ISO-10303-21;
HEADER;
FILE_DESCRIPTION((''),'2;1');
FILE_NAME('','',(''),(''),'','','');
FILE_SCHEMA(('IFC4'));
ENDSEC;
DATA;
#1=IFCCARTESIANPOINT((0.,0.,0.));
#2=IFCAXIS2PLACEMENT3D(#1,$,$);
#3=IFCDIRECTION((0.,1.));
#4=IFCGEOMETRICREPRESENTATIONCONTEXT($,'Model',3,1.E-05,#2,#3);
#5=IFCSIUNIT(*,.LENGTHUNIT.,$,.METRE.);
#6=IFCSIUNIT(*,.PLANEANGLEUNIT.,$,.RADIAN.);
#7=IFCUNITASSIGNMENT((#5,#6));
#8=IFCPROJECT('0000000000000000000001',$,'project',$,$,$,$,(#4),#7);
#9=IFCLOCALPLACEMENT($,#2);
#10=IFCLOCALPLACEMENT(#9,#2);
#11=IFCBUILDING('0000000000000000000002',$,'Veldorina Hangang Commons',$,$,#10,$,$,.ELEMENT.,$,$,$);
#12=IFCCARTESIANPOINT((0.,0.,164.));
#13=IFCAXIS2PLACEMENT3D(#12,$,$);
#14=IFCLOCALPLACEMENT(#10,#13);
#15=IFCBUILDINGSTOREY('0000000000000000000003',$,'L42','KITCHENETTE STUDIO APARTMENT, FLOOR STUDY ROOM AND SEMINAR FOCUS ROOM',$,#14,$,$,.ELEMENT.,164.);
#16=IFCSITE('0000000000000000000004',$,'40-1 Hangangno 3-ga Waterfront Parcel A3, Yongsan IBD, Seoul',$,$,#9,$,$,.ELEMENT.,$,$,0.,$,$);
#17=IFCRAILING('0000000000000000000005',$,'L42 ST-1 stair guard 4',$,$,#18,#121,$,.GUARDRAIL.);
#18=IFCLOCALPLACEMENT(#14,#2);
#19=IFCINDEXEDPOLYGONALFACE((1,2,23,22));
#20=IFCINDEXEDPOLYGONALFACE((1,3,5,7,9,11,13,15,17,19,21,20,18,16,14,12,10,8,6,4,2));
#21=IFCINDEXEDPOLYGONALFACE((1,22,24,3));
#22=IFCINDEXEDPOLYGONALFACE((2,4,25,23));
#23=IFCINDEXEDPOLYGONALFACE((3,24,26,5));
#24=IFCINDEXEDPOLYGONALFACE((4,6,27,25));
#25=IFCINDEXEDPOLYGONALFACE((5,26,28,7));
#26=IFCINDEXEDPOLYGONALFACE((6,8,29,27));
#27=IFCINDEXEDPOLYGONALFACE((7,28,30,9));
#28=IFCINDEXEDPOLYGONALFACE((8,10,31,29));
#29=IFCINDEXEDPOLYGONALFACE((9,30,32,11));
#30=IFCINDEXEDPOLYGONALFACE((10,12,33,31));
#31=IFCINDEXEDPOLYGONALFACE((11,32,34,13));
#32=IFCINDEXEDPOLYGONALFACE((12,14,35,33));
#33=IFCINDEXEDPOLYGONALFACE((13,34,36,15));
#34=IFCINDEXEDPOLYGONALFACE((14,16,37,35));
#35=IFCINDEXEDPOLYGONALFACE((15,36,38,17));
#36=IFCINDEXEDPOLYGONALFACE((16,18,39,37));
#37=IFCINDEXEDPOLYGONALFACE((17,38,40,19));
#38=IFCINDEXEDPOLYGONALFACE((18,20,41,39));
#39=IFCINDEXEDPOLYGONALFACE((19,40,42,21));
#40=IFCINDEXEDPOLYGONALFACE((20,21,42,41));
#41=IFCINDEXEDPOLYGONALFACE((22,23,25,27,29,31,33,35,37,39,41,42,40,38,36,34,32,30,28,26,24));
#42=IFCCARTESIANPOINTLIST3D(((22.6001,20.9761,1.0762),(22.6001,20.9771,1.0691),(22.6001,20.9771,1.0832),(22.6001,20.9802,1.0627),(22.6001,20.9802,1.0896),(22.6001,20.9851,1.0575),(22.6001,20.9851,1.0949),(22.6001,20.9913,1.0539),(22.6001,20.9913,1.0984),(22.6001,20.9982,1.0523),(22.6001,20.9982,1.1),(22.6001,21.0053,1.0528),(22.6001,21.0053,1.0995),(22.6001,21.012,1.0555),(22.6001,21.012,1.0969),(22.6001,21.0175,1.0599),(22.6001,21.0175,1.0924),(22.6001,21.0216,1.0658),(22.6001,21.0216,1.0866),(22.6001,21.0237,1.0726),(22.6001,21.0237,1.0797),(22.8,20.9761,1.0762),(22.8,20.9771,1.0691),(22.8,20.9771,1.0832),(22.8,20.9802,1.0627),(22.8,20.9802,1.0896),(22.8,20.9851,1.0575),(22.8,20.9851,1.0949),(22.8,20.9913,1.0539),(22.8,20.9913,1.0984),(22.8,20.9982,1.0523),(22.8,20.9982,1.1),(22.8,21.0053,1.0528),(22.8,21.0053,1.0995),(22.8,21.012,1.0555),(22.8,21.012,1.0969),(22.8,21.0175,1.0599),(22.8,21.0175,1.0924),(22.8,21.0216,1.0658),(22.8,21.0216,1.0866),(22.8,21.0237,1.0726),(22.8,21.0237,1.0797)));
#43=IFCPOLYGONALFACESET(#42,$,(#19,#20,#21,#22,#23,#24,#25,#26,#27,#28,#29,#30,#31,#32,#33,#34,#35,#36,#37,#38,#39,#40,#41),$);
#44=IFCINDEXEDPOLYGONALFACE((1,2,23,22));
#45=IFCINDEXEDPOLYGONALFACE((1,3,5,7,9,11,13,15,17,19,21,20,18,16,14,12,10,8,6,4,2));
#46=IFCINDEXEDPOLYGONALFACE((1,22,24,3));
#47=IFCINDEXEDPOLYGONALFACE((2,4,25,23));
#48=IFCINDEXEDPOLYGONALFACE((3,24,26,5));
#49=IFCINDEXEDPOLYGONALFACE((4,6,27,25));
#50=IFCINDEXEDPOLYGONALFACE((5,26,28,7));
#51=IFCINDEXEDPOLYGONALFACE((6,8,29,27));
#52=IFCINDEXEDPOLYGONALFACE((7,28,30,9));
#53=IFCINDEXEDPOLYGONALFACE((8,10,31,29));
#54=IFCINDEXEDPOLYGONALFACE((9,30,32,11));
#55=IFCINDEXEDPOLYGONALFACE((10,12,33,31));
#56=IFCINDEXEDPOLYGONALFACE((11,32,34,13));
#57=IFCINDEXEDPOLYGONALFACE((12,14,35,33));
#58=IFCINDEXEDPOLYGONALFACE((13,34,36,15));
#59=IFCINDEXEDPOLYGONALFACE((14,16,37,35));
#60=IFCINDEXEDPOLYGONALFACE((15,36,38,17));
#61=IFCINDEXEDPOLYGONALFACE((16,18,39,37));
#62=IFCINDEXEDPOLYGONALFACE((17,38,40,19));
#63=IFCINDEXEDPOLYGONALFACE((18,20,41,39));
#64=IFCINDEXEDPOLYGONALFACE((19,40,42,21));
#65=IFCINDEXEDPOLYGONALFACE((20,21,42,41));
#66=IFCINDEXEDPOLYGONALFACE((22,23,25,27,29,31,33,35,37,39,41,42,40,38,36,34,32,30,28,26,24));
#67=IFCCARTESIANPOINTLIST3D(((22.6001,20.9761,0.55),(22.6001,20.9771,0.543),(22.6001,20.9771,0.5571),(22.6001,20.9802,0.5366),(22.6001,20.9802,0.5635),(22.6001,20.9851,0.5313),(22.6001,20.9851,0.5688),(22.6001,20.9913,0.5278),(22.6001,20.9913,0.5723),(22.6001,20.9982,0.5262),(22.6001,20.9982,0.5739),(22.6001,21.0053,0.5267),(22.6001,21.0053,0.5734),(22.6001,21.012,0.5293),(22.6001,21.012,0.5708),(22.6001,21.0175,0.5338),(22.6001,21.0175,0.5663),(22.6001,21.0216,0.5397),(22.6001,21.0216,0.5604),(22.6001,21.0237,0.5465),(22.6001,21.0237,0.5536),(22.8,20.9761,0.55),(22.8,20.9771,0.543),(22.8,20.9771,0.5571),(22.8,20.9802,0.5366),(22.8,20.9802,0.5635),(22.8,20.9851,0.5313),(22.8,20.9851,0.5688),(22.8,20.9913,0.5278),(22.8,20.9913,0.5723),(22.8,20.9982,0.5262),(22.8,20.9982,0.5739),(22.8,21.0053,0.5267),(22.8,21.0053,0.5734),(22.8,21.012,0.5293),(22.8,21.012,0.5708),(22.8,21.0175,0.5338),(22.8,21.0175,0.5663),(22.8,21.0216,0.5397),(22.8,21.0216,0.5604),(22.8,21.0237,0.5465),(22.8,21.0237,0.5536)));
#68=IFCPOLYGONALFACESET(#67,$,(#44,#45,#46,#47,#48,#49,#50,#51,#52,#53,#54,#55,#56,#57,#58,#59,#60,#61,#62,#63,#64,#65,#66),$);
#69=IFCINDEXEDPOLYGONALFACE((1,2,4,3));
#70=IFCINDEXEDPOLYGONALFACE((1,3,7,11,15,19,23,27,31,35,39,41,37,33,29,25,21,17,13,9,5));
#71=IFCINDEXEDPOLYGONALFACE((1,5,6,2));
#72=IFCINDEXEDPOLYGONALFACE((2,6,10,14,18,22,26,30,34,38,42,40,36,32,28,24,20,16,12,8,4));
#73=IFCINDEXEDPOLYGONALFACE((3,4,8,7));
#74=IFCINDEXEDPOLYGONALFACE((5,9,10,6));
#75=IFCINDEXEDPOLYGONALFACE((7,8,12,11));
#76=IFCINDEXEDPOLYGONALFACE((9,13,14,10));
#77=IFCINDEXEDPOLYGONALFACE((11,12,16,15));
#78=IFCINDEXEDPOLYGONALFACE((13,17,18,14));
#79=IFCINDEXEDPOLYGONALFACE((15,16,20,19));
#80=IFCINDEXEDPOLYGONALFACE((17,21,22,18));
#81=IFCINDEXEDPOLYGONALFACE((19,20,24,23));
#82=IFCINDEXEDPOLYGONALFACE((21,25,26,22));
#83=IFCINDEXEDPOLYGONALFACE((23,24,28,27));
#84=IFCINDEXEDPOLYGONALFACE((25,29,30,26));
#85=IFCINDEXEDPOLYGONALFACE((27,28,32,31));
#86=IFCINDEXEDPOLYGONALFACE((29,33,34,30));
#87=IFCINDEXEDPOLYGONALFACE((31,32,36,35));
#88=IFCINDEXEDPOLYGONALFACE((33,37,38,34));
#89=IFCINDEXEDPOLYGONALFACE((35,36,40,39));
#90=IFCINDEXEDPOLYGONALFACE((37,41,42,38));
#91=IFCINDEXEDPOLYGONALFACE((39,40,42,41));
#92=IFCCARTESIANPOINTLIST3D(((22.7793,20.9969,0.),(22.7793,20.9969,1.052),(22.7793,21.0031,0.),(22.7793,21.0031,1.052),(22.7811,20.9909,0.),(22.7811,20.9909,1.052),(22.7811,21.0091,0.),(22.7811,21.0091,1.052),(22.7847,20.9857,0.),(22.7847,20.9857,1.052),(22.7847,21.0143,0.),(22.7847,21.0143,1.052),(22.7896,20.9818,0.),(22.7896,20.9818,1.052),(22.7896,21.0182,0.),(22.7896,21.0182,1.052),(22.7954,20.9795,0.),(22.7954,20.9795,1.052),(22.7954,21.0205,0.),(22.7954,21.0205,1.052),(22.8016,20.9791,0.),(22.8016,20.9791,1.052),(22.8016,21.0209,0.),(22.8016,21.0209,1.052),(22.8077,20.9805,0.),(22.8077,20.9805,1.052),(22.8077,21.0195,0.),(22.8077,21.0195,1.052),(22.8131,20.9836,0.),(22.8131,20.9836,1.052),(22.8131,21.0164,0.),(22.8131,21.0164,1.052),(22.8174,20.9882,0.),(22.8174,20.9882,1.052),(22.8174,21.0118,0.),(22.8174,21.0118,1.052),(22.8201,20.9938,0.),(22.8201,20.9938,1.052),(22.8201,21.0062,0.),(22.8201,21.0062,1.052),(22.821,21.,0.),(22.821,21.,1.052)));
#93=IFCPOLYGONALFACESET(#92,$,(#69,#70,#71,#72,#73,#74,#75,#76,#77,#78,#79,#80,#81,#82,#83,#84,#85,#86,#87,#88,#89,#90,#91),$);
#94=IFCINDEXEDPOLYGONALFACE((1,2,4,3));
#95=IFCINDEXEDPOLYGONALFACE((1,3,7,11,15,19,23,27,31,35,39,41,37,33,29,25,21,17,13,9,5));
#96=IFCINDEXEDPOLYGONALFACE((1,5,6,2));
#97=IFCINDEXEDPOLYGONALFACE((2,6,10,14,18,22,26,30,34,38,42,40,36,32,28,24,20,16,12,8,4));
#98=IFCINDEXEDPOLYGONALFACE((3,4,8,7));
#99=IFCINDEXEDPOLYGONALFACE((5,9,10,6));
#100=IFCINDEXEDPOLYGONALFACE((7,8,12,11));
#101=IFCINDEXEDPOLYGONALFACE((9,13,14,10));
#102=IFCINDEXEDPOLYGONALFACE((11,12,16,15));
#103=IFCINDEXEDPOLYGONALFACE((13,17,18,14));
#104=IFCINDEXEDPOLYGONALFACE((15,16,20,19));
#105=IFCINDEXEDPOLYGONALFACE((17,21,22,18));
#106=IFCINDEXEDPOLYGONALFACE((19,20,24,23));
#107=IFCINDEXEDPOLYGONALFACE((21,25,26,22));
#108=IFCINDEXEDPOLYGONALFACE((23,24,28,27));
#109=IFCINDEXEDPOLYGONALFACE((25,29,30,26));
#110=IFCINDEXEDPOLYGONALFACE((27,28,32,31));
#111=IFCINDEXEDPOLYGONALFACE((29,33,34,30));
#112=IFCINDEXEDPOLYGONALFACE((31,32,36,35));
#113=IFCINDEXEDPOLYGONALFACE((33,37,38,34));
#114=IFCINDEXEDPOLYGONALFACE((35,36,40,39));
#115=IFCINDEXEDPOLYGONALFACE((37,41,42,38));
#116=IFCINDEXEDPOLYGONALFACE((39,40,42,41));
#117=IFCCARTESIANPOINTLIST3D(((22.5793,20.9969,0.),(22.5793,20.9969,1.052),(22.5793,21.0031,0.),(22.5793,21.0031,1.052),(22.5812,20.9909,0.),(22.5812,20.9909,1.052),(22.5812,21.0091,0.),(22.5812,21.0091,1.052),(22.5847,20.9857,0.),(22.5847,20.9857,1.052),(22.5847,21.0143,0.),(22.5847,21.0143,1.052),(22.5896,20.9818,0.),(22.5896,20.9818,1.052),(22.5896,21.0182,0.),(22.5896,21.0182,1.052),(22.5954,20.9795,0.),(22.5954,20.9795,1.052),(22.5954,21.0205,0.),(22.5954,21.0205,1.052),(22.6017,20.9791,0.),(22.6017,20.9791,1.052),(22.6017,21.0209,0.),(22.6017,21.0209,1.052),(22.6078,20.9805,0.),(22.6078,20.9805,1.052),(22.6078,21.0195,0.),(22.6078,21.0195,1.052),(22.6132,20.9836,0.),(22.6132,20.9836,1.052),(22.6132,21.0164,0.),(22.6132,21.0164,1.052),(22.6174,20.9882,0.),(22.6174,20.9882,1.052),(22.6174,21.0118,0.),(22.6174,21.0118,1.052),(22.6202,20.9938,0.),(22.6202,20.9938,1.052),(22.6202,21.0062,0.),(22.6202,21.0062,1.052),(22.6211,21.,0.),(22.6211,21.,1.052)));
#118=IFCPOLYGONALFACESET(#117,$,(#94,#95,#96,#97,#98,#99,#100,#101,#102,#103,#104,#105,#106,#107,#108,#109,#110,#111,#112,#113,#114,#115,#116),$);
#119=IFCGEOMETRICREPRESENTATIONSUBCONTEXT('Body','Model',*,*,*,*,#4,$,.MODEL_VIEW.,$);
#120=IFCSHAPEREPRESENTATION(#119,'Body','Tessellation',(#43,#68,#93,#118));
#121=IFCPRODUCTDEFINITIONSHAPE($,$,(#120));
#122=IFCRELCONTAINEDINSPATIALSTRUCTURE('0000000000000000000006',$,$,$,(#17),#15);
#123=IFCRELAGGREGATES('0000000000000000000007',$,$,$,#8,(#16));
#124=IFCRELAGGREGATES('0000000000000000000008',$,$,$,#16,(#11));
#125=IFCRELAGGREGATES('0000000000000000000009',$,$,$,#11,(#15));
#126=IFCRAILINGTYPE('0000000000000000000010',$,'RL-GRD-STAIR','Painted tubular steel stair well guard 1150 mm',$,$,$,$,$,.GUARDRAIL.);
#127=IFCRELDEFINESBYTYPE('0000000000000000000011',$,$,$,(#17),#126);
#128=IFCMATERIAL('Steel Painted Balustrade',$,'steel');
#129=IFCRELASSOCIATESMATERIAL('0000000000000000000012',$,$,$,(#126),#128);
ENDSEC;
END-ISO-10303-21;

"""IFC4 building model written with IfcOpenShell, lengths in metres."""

from ifc_helpers import new_model, si_unit, direction, frame, origin, origin_2d, place, context, subcontext, project, spatial, circle, extrude, material, type_object, element, save


model = new_model("IFC4")

# Units and contexts
model_context = context("Model", 3, precision=1e-05, world=origin(), true_north=direction((0.0, 1.0)))
body_context = subcontext(model_context, "Body", "Model", "MODEL_VIEW")
ifc_project = project(units=[si_unit("LENGTHUNIT", "METRE"), si_unit("PLANEANGLEUNIT", "RADIAN")], contexts=[model_context])

# Site, building, storey
site_placement = place(None, origin())
site = spatial("IfcSite", under=ifc_project, at=site_placement, Name="40-1 Hangangno 3-ga Waterfront Parcel A3, Yongsan IBD, Seoul", CompositionType="ELEMENT", RefElevation=0.0)
building_placement = place(site_placement, origin())
building = spatial("IfcBuilding", under=site, at=building_placement, Name="Veldorina Hangang Commons", CompositionType="ELEMENT")
storey_placement = place(building_placement, frame((0.0, 0.0, 164.0)))
storey = spatial("IfcBuildingStorey", under=building, at=storey_placement, Name="L42", Description="KITCHENETTE STUDIO APARTMENT, FLOOR STUDY ROOM AND SEMINAR FOCUS ROOM", CompositionType="ELEMENT", Elevation=164.0)

# Railing
ifc_material_1 = material(Name="Steel Painted Balustrade", Category="steel")
railing_type_1 = type_object("IfcRailingType", Name="RL-GRD-STAIR", Description="Painted tubular steel stair well guard 1150 mm", PredefinedType="GUARDRAIL", material=ifc_material_1)
railing_1_placement = place(storey_placement, frame((22.8, 21.0, 0.0)))
element("IfcRailing", 1, at=railing_1_placement, inside=storey, type_object=railing_type_1, Name="L42 ST-1 stair guard 4", PredefinedType="GUARDRAIL", context=body_context, shape_type="SweptSolid", body=[
    extrude(circle(Radius=0.0239, at=origin_2d()), frame((0.0, 0.0, 1.0762), z_axis=(-1.0, 0.0, 0.0), x_axis=(0.0, -1.0, 0.0)), (0.0, 0.0, 1.0), 0.2),
    extrude(circle(Radius=0.0239, at=origin_2d()), frame((0.0, 0.0, 0.55), z_axis=(-1.0, 0.0, 0.0), x_axis=(0.0, -1.0, 0.0)), (0.0, 0.0, 1.0), 0.2),
    extrude(circle(Radius=0.021, at=origin_2d()), origin(), (0.0, 0.0, 1.0), 1.052),
    extrude(circle(Radius=0.021, at=origin_2d()), frame((-0.2, 0.0, 0.0)), (0.0, 0.0, 1.0), 1.052),
])

save(model, "model.ifc")
